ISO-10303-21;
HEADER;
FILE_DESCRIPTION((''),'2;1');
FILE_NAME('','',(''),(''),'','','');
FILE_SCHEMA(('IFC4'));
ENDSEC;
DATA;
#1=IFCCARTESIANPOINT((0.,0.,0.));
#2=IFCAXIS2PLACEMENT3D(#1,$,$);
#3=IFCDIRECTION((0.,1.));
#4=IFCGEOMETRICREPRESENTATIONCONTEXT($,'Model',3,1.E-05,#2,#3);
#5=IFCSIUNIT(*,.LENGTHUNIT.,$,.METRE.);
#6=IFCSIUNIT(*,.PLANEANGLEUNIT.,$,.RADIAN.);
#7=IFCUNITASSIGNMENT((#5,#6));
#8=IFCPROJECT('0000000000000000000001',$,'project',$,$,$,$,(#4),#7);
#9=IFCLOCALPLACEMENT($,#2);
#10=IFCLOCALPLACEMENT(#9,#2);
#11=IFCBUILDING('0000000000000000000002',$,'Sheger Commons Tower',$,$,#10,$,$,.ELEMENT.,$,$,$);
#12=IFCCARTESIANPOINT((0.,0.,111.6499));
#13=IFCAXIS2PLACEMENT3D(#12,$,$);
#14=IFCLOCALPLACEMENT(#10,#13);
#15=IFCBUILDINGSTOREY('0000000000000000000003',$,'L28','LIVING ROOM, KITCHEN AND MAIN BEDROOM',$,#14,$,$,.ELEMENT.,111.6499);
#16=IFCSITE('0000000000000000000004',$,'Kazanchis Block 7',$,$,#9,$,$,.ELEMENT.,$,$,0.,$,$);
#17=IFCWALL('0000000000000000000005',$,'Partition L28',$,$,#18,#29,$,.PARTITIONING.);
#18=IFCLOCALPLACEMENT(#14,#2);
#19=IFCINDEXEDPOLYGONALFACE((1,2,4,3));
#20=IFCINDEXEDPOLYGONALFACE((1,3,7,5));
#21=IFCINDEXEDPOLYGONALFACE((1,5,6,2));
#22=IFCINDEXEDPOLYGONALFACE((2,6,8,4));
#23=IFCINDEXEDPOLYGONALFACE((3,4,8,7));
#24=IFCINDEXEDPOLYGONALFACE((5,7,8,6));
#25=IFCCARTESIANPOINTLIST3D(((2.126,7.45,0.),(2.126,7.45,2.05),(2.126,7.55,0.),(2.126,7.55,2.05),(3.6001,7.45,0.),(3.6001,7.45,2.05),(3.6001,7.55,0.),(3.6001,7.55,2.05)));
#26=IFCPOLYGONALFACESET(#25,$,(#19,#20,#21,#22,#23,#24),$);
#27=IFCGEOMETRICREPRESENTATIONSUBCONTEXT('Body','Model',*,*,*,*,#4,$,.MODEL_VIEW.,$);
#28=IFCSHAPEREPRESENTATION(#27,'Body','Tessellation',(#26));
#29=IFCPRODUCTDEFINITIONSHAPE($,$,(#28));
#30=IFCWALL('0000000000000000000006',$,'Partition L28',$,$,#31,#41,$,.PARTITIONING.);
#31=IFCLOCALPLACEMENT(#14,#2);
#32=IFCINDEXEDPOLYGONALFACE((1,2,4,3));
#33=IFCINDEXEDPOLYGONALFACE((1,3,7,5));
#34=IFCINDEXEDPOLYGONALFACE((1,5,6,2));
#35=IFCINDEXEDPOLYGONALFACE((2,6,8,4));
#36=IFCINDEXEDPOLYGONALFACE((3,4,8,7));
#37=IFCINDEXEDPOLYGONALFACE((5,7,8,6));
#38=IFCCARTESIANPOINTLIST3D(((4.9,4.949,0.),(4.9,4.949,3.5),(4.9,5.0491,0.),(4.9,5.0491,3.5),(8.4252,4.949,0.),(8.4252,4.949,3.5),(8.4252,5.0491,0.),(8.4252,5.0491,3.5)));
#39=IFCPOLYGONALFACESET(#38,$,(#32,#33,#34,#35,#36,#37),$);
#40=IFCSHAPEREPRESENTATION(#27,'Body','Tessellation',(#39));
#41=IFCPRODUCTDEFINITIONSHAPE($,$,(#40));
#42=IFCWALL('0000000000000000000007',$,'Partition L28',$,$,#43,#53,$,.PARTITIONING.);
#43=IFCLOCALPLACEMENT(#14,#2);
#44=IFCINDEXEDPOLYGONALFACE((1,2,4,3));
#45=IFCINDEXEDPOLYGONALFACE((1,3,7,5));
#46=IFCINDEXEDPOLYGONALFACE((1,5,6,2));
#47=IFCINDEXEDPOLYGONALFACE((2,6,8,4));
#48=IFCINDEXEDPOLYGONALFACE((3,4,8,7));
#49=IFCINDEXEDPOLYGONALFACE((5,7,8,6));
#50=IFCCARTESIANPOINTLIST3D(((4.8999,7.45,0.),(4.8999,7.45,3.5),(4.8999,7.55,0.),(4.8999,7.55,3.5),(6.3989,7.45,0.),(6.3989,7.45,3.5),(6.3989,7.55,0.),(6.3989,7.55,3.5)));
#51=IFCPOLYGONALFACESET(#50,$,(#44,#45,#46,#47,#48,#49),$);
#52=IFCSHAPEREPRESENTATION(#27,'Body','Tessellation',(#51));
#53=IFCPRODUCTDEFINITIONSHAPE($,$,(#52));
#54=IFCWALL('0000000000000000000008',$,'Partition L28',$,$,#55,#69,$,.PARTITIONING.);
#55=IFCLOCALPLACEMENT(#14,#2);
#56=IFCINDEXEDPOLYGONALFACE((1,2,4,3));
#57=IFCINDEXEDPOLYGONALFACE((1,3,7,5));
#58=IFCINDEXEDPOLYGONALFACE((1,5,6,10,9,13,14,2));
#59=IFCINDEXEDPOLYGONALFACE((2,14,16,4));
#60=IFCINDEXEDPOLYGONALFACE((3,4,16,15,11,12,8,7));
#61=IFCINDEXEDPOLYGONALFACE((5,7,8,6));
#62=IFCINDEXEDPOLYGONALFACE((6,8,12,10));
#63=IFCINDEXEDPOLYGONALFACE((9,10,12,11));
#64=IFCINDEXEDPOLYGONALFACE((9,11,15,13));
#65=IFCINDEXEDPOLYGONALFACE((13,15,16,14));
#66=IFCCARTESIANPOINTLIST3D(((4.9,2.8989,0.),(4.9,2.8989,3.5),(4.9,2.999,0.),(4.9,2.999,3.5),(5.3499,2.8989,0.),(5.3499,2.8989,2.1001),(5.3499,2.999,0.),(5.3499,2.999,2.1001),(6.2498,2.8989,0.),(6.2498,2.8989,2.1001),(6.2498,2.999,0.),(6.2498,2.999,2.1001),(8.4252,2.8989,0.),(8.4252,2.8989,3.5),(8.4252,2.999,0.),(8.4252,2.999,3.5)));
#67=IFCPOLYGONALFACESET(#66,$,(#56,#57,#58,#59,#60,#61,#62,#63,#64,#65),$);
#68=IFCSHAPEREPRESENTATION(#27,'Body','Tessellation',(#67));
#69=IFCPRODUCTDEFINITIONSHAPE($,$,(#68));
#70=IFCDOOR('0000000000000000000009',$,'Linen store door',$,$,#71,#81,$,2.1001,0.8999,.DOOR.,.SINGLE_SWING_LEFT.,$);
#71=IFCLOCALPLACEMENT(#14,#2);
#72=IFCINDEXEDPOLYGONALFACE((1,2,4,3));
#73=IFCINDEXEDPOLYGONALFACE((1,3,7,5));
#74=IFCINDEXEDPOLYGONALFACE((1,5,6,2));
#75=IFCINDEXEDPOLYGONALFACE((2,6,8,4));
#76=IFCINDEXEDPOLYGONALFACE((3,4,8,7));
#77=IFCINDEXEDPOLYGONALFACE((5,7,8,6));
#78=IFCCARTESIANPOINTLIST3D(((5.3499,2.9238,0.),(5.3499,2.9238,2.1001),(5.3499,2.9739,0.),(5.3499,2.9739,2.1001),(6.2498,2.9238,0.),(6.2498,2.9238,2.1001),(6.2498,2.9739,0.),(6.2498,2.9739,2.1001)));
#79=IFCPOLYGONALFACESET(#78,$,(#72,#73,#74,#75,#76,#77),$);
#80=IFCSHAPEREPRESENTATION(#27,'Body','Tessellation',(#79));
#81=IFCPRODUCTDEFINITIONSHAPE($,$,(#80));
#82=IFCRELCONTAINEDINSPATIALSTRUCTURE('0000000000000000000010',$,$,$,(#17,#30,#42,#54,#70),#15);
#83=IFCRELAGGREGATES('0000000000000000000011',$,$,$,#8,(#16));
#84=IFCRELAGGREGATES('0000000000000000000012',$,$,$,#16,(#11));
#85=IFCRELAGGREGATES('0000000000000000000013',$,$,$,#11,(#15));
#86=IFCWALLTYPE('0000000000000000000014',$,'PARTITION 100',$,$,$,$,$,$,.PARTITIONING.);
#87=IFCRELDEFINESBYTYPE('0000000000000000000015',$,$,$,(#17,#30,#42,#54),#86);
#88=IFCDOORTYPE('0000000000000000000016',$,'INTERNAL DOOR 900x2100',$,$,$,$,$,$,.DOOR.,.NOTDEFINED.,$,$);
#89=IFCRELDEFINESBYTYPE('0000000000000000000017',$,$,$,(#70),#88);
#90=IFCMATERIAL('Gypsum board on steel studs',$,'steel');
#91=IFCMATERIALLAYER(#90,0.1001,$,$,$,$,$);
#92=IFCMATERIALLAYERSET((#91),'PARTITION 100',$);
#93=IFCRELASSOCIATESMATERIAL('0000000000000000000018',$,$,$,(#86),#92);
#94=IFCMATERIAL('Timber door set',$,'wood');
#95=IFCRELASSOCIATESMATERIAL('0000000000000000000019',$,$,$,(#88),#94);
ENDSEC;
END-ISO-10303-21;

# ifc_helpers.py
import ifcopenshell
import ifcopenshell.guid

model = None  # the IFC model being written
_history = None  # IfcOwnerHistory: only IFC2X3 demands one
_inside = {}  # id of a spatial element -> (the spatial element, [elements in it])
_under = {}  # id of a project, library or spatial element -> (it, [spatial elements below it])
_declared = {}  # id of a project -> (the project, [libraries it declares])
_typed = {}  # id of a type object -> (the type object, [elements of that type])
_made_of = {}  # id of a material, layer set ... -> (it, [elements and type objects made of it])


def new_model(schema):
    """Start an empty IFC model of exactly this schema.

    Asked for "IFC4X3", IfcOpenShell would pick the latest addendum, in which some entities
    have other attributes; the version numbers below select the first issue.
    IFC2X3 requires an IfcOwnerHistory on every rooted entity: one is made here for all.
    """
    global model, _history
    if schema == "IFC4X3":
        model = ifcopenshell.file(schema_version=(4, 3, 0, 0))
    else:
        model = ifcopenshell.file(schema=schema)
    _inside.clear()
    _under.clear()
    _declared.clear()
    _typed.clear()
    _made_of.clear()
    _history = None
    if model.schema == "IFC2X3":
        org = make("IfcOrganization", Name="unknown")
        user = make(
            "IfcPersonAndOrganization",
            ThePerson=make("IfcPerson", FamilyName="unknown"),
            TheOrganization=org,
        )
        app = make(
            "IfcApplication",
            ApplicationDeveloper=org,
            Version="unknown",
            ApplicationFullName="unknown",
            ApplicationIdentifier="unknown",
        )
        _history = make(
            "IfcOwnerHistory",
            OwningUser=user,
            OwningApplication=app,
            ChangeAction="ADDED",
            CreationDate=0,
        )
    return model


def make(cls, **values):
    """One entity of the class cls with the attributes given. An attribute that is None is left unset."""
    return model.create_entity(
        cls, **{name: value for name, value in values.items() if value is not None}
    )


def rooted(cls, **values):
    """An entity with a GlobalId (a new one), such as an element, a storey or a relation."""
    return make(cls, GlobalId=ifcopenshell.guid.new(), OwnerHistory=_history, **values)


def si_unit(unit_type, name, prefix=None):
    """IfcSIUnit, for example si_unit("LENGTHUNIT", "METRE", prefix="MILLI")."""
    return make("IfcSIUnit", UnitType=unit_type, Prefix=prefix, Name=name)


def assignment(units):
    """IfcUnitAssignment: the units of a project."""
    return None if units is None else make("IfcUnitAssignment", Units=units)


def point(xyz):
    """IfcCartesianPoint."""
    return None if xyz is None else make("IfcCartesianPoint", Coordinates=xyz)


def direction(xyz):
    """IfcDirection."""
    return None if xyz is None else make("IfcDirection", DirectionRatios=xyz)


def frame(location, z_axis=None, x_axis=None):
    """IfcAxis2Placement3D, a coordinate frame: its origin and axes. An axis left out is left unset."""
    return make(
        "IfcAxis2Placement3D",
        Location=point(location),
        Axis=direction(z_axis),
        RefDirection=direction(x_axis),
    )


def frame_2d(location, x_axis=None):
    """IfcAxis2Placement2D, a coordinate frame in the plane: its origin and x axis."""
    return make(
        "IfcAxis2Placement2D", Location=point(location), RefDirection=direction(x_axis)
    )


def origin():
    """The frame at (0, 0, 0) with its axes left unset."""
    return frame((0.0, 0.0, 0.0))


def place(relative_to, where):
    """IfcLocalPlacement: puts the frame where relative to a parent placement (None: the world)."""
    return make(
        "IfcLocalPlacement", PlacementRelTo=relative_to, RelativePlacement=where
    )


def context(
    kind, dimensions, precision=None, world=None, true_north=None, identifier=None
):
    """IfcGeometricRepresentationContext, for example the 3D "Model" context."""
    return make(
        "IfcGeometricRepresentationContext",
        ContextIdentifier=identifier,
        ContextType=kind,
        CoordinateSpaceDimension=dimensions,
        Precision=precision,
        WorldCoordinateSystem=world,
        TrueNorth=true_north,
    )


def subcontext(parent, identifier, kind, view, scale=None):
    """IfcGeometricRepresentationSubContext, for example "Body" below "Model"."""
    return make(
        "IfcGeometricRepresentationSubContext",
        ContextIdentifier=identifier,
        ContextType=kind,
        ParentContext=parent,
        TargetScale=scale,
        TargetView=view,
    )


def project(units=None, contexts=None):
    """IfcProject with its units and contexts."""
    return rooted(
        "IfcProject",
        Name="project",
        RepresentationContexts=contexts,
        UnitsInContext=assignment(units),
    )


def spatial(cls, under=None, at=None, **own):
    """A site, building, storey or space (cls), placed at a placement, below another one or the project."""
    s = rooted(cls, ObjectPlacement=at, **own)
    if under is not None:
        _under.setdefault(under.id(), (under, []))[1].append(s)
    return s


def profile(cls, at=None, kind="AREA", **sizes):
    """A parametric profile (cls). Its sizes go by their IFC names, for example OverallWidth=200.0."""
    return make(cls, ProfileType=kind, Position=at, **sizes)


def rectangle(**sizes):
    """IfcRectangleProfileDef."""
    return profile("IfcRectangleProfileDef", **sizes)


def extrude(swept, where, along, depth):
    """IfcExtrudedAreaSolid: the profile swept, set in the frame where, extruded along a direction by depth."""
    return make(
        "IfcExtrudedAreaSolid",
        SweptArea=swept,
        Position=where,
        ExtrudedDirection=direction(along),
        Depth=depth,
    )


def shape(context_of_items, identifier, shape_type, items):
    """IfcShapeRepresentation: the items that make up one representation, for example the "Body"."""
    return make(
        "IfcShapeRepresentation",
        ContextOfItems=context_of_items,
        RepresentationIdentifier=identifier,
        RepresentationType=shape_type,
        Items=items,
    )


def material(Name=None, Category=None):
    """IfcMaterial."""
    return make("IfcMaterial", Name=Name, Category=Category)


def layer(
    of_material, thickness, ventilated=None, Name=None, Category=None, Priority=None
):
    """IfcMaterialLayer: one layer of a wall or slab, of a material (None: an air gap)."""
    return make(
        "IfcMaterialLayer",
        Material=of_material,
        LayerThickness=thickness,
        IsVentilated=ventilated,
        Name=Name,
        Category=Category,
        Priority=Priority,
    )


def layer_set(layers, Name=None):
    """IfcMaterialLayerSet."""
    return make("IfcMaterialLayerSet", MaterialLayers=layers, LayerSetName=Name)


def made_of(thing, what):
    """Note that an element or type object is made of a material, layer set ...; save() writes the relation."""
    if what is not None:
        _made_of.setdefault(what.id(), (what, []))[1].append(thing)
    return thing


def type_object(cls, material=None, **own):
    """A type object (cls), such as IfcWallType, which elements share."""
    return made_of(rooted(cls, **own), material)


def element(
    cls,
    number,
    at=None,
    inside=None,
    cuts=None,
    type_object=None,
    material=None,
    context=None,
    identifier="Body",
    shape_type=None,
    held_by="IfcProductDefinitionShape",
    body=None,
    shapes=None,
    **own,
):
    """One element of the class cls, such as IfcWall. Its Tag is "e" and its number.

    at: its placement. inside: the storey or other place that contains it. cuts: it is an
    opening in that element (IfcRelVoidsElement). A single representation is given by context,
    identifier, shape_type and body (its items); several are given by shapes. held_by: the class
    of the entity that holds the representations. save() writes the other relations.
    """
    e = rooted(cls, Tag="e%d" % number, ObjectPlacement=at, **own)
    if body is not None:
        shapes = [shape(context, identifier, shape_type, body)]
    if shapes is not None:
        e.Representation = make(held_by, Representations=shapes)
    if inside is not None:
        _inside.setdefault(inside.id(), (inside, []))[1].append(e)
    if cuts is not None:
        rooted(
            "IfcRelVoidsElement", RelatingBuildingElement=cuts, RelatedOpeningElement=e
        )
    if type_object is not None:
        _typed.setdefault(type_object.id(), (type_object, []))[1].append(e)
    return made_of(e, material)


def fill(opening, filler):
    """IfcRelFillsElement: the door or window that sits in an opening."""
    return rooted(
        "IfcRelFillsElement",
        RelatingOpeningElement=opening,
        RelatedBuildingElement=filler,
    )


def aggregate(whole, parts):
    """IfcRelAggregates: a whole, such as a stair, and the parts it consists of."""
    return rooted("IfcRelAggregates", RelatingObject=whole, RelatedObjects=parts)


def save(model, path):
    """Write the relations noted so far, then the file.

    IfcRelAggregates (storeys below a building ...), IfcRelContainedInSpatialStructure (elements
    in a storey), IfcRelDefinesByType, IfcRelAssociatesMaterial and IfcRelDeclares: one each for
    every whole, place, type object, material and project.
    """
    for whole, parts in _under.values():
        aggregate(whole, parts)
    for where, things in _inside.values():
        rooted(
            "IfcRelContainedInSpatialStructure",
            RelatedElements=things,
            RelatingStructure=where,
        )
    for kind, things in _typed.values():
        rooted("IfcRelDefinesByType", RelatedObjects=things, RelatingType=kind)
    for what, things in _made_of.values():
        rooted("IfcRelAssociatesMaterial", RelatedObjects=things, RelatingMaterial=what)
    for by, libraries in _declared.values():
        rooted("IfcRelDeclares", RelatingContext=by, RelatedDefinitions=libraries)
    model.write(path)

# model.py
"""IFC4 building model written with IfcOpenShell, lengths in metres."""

from ifc_helpers import new_model, si_unit, direction, frame, frame_2d, origin, place, context, subcontext, project, spatial, rectangle, extrude, material, layer, layer_set, type_object, element, fill, save


model = new_model("IFC4")

# Units and contexts
model_context = context("Model", 3, precision=1e-05, world=origin(), true_north=direction((0.0, 1.0)))
body_context = subcontext(model_context, "Body", "Model", "MODEL_VIEW")
ifc_project = project(units=[si_unit("LENGTHUNIT", "METRE"), si_unit("PLANEANGLEUNIT", "RADIAN")], contexts=[model_context])

# Site, building, storey
site_placement = place(None, origin())
site = spatial("IfcSite", under=ifc_project, at=site_placement, Name="Kazanchis Block 7", CompositionType="ELEMENT", RefElevation=0.0)
building_placement = place(site_placement, origin())
building = spatial("IfcBuilding", under=site, at=building_placement, Name="Sheger Commons Tower", CompositionType="ELEMENT")
storey_placement = place(building_placement, frame((0.0, 0.0, 111.6499)))
storey = spatial("IfcBuildingStorey", under=building, at=storey_placement, Name="L28", Description="LIVING ROOM, KITCHEN AND MAIN BEDROOM", CompositionType="ELEMENT", Elevation=111.6499)

# Shared definitions
ifc_material_1 = material(Name="Gypsum board on steel studs", Category="steel")
ifc_layer_1 = layer(ifc_material_1, 0.1001)
ifc_layer_set_1 = layer_set([ifc_layer_1], Name="PARTITION 100")
wall_type_1 = type_object("IfcWallType", Name="PARTITION 100", PredefinedType="PARTITIONING", material=ifc_layer_set_1)
ifc_material_2 = material(Name="Timber door set", Category="wood")
door_type = type_object("IfcDoorType", Name="INTERNAL DOOR 900x2100", OperationType="NOTDEFINED", PredefinedType="DOOR", material=ifc_material_2)

# Walls
wall_1_placement = place(storey_placement, frame((2.126, 7.5, 0.0), z_axis=(0.0, 0.0, 1.0), x_axis=(1.0, 0.0, 0.0)))
element("IfcWall", 1, at=wall_1_placement, inside=storey, type_object=wall_type_1, Name="Partition L28", PredefinedType="PARTITIONING", context=body_context, shape_type="SweptSolid", body=[
    extrude(rectangle(XDim=1.4741, YDim=0.1001, at=frame_2d((0.7371, 0.0))), origin(), (0.0, 0.0, 1.0), 2.05),
])
wall_2_placement = place(storey_placement, frame((4.8999, 4.999, 0.0), z_axis=(0.0, 0.0, 1.0), x_axis=(1.0, 0.0, 0.0)))
element("IfcWall", 2, at=wall_2_placement, inside=storey, type_object=wall_type_1, Name="Partition L28", PredefinedType="PARTITIONING", context=body_context, shape_type="SweptSolid", body=[
    extrude(rectangle(XDim=3.5251, YDim=0.1001, at=frame_2d((1.7627, 0.0))), origin(), (0.0, 0.0, 1.0), 3.5),
])
wall_3_placement = place(storey_placement, frame((4.8999, 7.5, 0.0), z_axis=(0.0, 0.0, 1.0), x_axis=(1.0, 0.0, 0.0)))
element("IfcWall", 3, at=wall_3_placement, inside=storey, type_object=wall_type_1, Name="Partition L28", PredefinedType="PARTITIONING", context=body_context, shape_type="SweptSolid", body=[
    extrude(rectangle(XDim=1.499, YDim=0.1001, at=frame_2d((0.7495, 0.0))), origin(), (0.0, 0.0, 1.0), 3.5),
])

# Wall, opening, door
wall_4_placement = place(storey_placement, frame((4.8999, 2.949, 0.0), z_axis=(0.0, 0.0, 1.0), x_axis=(1.0, 0.0, 0.0)))
wall_4 = element("IfcWall", 4, at=wall_4_placement, inside=storey, type_object=wall_type_1, Name="Partition L28", PredefinedType="PARTITIONING", context=body_context, shape_type="SweptSolid", body=[
    extrude(rectangle(XDim=3.5251, YDim=0.1001, at=frame_2d((1.7627, 0.0))), origin(), (0.0, 0.0, 1.0), 3.5),
])
opening_1_placement = place(wall_4_placement, frame((0.45, 0.0, 0.0)))
opening_1 = element("IfcOpeningElement", 5, at=opening_1_placement, cuts=wall_4, PredefinedType="OPENING", context=body_context, shape_type="SweptSolid", body=[
    extrude(rectangle(XDim=0.8999, YDim=2.1001, at=frame_2d((0.45, 1.05))), frame((0.0, 0.0601, 0.0), z_axis=(0.0, -1.0, 0.0), x_axis=(1.0, 0.0, 0.0)), (0.0, 0.0, 1.0), 0.1201),
])
door_1_placement = place(opening_1_placement, origin())
door_1 = element("IfcDoor", 6, at=door_1_placement, inside=storey, type_object=door_type, Name="Linen store door", OperationType="SINGLE_SWING_LEFT", OverallHeight=2.1001, OverallWidth=0.8999, PredefinedType="DOOR", context=body_context, shape_type="SweptSolid", body=[
    extrude(rectangle(XDim=0.8999, YDim=2.1001, at=frame_2d((0.45, 1.05))), frame((0.0, 0.0249, 0.0), z_axis=(0.0, -1.0, 0.0), x_axis=(1.0, 0.0, 0.0)), (0.0, 0.0, 1.0), 0.05),
])
fill(opening_1, door_1)

save(model, "model.ifc")
